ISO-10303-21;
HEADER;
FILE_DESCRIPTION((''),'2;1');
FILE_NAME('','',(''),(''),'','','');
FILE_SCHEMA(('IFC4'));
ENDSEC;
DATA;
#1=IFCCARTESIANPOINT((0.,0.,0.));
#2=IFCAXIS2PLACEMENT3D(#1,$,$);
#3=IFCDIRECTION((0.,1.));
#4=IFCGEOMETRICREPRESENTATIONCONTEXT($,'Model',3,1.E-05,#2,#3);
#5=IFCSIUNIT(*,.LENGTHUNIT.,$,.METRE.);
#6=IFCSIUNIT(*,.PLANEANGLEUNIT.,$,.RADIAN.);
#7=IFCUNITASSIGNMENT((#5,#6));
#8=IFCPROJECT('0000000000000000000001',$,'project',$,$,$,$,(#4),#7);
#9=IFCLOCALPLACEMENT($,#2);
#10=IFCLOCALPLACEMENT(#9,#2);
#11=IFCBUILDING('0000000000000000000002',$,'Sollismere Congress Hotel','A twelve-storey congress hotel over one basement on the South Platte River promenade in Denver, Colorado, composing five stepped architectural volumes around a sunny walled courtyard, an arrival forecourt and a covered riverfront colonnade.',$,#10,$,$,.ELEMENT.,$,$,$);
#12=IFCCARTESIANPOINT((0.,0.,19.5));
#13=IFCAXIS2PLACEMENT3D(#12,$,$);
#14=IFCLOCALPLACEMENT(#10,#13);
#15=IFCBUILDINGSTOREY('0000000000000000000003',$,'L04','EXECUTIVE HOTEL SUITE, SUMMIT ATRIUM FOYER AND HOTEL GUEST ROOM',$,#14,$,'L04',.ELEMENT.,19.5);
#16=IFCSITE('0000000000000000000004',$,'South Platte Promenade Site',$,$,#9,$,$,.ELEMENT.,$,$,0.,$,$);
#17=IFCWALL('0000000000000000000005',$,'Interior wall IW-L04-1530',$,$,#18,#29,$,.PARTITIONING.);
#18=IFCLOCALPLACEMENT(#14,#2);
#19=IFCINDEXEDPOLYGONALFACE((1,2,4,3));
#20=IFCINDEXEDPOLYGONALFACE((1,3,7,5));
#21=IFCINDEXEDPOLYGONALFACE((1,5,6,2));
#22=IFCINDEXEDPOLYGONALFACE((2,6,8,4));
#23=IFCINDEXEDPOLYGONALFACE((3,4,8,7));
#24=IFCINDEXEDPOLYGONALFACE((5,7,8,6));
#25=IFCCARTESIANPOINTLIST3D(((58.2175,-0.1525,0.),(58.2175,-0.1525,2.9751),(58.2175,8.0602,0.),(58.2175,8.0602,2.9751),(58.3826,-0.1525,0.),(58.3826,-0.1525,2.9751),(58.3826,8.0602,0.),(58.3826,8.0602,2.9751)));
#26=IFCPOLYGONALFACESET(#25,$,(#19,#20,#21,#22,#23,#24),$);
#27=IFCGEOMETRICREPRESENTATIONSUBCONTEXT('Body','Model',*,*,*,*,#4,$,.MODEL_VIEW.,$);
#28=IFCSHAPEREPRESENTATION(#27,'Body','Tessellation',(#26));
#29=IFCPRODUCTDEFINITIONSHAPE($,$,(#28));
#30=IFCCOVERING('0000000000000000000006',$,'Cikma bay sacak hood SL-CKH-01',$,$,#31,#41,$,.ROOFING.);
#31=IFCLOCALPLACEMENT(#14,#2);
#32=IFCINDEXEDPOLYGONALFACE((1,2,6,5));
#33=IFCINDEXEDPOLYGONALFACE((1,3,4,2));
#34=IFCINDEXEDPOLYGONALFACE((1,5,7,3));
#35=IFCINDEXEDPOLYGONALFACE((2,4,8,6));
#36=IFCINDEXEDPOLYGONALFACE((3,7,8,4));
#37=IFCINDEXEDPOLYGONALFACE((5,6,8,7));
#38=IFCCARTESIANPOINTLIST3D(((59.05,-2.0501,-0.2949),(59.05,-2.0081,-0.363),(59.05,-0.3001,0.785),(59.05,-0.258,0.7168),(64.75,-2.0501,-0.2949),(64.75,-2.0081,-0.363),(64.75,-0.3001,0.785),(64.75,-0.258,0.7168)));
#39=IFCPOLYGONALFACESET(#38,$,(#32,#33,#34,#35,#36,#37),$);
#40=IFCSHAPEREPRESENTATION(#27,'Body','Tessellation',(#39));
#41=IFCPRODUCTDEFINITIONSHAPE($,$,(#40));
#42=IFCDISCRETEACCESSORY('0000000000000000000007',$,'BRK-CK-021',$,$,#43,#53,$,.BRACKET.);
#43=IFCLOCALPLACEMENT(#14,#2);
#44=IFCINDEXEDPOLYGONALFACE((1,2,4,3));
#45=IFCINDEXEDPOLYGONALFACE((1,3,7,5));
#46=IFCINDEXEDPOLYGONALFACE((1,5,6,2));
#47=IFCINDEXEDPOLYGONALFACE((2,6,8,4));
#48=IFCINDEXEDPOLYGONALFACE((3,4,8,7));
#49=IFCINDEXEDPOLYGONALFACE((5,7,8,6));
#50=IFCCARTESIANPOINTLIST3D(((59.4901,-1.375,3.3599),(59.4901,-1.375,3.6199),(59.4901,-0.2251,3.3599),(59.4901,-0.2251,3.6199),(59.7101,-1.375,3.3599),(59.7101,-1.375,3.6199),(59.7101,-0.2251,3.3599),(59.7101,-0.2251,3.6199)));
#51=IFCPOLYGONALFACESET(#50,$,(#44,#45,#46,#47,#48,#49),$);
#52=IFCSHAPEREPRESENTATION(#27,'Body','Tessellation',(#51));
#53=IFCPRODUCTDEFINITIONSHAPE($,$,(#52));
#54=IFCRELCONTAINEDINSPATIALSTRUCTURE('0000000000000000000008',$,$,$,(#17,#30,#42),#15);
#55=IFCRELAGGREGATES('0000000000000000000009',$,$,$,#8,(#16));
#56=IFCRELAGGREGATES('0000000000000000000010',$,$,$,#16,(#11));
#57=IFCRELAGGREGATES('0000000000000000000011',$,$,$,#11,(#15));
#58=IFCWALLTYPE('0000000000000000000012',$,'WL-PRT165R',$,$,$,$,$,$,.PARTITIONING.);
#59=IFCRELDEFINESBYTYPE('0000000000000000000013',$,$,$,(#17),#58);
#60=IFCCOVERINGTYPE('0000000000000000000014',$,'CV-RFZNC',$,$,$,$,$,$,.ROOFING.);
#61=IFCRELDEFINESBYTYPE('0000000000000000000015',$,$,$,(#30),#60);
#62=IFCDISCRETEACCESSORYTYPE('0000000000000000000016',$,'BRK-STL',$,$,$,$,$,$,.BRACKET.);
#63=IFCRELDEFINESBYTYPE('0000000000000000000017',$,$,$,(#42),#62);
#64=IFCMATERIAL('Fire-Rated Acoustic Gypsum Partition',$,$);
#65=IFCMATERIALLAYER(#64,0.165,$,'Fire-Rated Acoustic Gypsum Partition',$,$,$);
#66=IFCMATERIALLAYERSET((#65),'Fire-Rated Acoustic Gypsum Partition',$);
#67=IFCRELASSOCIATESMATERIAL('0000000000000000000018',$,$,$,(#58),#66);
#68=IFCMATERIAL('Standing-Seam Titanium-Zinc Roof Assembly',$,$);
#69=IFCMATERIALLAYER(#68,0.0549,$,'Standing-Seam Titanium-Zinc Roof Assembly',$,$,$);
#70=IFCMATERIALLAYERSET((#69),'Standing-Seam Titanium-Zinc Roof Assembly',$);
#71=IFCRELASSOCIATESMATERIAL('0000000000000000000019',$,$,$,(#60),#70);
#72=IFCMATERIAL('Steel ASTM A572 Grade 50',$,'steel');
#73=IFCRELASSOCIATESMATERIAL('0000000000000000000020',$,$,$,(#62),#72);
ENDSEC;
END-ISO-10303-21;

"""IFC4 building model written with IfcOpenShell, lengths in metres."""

from ifc_helpers import new_model, si_unit, direction, frame, frame_2d, origin, origin_2d, place, context, subcontext, project, spatial, polyline, rectangle, outline, extrude, material, layer, layer_set, type_object, element, save


model = new_model("IFC4")

# Units and contexts
model_context = context("Model", 3, precision=1e-05, world=origin(), true_north=direction((0.0, 1.0)))
body_context = subcontext(model_context, "Body", "Model", "MODEL_VIEW")
ifc_project = project(units=[si_unit("LENGTHUNIT", "METRE"), si_unit("PLANEANGLEUNIT", "RADIAN")], contexts=[model_context])

# Site, building, storey
site_placement = place(None, origin())
site = spatial("IfcSite", under=ifc_project, at=site_placement, Name="South Platte Promenade Site", CompositionType="ELEMENT", RefElevation=0.0)
building_placement = place(site_placement, origin())
building = spatial("IfcBuilding", under=site, at=building_placement, Name="Sollismere Congress Hotel", Description="A twelve-storey congress hotel over one basement on the South Platte River promenade in Denver, Colorado, composing five stepped architectural volumes around a sunny walled courtyard, an arrival forecourt and a covered riverfront colonnade.", CompositionType="ELEMENT")
storey_placement = place(building_placement, frame((0.0, 0.0, 19.5)))
storey = spatial("IfcBuildingStorey", under=building, at=storey_placement, Name="L04", Description="EXECUTIVE HOTEL SUITE, SUMMIT ATRIUM FOYER AND HOTEL GUEST ROOM", LongName="L04", CompositionType="ELEMENT", Elevation=19.5)

# Wall
ifc_material_1 = material(Name="Fire-Rated Acoustic Gypsum Partition")
ifc_layer_1 = layer(ifc_material_1, 0.165, Name="Fire-Rated Acoustic Gypsum Partition")
ifc_layer_set_1 = layer_set([ifc_layer_1], Name="Fire-Rated Acoustic Gypsum Partition")
wall_type_1 = type_object("IfcWallType", Name="WL-PRT165R", PredefinedType="PARTITIONING", material=ifc_layer_set_1)
wall_1_placement = place(storey_placement, frame((58.3, -0.1526, 0.0), z_axis=(0.0, 0.0, 1.0), x_axis=(0.0, 1.0, 0.0)))
element("IfcWall", 1, at=wall_1_placement, inside=storey, type_object=wall_type_1, Name="Interior wall IW-L04-1530", PredefinedType="PARTITIONING", context=body_context, shape_type="SweptSolid", body=[
    extrude(rectangle(XDim=8.2126, YDim=0.165, at=frame_2d((4.1064, 0.0))), origin(), (0.0, 0.0, 1.0), 2.9751),
])

# Covering
ifc_material_2 = material(Name="Standing-Seam Titanium-Zinc Roof Assembly")
ifc_layer_2 = layer(ifc_material_2, 0.0549, Name="Standing-Seam Titanium-Zinc Roof Assembly")
ifc_layer_set_2 = layer_set([ifc_layer_2], Name="Standing-Seam Titanium-Zinc Roof Assembly")
covering_type = type_object("IfcCoveringType", Name="CV-RFZNC", PredefinedType="ROOFING", material=ifc_layer_set_2)
covering_placement = place(storey_placement, frame((59.05, -2.0081, -0.363), z_axis=(0.0, -0.525124, 0.851026), x_axis=(1.0, 0.0, 0.0)))
element("IfcCovering", 2, at=covering_placement, inside=storey, type_object=covering_type, Name="Cikma bay sacak hood SL-CKH-01", PredefinedType="ROOFING", context=body_context, shape_type="SweptSolid", body=[
    extrude(outline(polyline([(0.0, 0.0), (5.7, 0.0), (5.7, 2.0564), (0.0, 2.0564), (0.0, 0.0)])), origin(), (0.0, 0.0, 1.0), 0.0801),
])

# Discrete accessory
ifc_material_3 = material(Name="Steel ASTM A572 Grade 50", Category="steel")
discrete_accessory_type = type_object("IfcDiscreteAccessoryType", Name="BRK-STL", PredefinedType="BRACKET", material=ifc_material_3)
discrete_accessory_placement = place(storey_placement, frame((59.6001, -0.8, 3.3599), z_axis=(0.0, 0.0, 1.0), x_axis=(1.0, 0.0, 0.0)))
element("IfcDiscreteAccessory", 3, at=discrete_accessory_placement, inside=storey, type_object=discrete_accessory_type, Name="BRK-CK-021", PredefinedType="BRACKET", context=body_context, shape_type="SweptSolid", body=[
    extrude(rectangle(XDim=0.22, YDim=1.1499, at=origin_2d()), origin(), (0.0, 0.0, 1.0), 0.26),
])

save(model, "model.ifc")
